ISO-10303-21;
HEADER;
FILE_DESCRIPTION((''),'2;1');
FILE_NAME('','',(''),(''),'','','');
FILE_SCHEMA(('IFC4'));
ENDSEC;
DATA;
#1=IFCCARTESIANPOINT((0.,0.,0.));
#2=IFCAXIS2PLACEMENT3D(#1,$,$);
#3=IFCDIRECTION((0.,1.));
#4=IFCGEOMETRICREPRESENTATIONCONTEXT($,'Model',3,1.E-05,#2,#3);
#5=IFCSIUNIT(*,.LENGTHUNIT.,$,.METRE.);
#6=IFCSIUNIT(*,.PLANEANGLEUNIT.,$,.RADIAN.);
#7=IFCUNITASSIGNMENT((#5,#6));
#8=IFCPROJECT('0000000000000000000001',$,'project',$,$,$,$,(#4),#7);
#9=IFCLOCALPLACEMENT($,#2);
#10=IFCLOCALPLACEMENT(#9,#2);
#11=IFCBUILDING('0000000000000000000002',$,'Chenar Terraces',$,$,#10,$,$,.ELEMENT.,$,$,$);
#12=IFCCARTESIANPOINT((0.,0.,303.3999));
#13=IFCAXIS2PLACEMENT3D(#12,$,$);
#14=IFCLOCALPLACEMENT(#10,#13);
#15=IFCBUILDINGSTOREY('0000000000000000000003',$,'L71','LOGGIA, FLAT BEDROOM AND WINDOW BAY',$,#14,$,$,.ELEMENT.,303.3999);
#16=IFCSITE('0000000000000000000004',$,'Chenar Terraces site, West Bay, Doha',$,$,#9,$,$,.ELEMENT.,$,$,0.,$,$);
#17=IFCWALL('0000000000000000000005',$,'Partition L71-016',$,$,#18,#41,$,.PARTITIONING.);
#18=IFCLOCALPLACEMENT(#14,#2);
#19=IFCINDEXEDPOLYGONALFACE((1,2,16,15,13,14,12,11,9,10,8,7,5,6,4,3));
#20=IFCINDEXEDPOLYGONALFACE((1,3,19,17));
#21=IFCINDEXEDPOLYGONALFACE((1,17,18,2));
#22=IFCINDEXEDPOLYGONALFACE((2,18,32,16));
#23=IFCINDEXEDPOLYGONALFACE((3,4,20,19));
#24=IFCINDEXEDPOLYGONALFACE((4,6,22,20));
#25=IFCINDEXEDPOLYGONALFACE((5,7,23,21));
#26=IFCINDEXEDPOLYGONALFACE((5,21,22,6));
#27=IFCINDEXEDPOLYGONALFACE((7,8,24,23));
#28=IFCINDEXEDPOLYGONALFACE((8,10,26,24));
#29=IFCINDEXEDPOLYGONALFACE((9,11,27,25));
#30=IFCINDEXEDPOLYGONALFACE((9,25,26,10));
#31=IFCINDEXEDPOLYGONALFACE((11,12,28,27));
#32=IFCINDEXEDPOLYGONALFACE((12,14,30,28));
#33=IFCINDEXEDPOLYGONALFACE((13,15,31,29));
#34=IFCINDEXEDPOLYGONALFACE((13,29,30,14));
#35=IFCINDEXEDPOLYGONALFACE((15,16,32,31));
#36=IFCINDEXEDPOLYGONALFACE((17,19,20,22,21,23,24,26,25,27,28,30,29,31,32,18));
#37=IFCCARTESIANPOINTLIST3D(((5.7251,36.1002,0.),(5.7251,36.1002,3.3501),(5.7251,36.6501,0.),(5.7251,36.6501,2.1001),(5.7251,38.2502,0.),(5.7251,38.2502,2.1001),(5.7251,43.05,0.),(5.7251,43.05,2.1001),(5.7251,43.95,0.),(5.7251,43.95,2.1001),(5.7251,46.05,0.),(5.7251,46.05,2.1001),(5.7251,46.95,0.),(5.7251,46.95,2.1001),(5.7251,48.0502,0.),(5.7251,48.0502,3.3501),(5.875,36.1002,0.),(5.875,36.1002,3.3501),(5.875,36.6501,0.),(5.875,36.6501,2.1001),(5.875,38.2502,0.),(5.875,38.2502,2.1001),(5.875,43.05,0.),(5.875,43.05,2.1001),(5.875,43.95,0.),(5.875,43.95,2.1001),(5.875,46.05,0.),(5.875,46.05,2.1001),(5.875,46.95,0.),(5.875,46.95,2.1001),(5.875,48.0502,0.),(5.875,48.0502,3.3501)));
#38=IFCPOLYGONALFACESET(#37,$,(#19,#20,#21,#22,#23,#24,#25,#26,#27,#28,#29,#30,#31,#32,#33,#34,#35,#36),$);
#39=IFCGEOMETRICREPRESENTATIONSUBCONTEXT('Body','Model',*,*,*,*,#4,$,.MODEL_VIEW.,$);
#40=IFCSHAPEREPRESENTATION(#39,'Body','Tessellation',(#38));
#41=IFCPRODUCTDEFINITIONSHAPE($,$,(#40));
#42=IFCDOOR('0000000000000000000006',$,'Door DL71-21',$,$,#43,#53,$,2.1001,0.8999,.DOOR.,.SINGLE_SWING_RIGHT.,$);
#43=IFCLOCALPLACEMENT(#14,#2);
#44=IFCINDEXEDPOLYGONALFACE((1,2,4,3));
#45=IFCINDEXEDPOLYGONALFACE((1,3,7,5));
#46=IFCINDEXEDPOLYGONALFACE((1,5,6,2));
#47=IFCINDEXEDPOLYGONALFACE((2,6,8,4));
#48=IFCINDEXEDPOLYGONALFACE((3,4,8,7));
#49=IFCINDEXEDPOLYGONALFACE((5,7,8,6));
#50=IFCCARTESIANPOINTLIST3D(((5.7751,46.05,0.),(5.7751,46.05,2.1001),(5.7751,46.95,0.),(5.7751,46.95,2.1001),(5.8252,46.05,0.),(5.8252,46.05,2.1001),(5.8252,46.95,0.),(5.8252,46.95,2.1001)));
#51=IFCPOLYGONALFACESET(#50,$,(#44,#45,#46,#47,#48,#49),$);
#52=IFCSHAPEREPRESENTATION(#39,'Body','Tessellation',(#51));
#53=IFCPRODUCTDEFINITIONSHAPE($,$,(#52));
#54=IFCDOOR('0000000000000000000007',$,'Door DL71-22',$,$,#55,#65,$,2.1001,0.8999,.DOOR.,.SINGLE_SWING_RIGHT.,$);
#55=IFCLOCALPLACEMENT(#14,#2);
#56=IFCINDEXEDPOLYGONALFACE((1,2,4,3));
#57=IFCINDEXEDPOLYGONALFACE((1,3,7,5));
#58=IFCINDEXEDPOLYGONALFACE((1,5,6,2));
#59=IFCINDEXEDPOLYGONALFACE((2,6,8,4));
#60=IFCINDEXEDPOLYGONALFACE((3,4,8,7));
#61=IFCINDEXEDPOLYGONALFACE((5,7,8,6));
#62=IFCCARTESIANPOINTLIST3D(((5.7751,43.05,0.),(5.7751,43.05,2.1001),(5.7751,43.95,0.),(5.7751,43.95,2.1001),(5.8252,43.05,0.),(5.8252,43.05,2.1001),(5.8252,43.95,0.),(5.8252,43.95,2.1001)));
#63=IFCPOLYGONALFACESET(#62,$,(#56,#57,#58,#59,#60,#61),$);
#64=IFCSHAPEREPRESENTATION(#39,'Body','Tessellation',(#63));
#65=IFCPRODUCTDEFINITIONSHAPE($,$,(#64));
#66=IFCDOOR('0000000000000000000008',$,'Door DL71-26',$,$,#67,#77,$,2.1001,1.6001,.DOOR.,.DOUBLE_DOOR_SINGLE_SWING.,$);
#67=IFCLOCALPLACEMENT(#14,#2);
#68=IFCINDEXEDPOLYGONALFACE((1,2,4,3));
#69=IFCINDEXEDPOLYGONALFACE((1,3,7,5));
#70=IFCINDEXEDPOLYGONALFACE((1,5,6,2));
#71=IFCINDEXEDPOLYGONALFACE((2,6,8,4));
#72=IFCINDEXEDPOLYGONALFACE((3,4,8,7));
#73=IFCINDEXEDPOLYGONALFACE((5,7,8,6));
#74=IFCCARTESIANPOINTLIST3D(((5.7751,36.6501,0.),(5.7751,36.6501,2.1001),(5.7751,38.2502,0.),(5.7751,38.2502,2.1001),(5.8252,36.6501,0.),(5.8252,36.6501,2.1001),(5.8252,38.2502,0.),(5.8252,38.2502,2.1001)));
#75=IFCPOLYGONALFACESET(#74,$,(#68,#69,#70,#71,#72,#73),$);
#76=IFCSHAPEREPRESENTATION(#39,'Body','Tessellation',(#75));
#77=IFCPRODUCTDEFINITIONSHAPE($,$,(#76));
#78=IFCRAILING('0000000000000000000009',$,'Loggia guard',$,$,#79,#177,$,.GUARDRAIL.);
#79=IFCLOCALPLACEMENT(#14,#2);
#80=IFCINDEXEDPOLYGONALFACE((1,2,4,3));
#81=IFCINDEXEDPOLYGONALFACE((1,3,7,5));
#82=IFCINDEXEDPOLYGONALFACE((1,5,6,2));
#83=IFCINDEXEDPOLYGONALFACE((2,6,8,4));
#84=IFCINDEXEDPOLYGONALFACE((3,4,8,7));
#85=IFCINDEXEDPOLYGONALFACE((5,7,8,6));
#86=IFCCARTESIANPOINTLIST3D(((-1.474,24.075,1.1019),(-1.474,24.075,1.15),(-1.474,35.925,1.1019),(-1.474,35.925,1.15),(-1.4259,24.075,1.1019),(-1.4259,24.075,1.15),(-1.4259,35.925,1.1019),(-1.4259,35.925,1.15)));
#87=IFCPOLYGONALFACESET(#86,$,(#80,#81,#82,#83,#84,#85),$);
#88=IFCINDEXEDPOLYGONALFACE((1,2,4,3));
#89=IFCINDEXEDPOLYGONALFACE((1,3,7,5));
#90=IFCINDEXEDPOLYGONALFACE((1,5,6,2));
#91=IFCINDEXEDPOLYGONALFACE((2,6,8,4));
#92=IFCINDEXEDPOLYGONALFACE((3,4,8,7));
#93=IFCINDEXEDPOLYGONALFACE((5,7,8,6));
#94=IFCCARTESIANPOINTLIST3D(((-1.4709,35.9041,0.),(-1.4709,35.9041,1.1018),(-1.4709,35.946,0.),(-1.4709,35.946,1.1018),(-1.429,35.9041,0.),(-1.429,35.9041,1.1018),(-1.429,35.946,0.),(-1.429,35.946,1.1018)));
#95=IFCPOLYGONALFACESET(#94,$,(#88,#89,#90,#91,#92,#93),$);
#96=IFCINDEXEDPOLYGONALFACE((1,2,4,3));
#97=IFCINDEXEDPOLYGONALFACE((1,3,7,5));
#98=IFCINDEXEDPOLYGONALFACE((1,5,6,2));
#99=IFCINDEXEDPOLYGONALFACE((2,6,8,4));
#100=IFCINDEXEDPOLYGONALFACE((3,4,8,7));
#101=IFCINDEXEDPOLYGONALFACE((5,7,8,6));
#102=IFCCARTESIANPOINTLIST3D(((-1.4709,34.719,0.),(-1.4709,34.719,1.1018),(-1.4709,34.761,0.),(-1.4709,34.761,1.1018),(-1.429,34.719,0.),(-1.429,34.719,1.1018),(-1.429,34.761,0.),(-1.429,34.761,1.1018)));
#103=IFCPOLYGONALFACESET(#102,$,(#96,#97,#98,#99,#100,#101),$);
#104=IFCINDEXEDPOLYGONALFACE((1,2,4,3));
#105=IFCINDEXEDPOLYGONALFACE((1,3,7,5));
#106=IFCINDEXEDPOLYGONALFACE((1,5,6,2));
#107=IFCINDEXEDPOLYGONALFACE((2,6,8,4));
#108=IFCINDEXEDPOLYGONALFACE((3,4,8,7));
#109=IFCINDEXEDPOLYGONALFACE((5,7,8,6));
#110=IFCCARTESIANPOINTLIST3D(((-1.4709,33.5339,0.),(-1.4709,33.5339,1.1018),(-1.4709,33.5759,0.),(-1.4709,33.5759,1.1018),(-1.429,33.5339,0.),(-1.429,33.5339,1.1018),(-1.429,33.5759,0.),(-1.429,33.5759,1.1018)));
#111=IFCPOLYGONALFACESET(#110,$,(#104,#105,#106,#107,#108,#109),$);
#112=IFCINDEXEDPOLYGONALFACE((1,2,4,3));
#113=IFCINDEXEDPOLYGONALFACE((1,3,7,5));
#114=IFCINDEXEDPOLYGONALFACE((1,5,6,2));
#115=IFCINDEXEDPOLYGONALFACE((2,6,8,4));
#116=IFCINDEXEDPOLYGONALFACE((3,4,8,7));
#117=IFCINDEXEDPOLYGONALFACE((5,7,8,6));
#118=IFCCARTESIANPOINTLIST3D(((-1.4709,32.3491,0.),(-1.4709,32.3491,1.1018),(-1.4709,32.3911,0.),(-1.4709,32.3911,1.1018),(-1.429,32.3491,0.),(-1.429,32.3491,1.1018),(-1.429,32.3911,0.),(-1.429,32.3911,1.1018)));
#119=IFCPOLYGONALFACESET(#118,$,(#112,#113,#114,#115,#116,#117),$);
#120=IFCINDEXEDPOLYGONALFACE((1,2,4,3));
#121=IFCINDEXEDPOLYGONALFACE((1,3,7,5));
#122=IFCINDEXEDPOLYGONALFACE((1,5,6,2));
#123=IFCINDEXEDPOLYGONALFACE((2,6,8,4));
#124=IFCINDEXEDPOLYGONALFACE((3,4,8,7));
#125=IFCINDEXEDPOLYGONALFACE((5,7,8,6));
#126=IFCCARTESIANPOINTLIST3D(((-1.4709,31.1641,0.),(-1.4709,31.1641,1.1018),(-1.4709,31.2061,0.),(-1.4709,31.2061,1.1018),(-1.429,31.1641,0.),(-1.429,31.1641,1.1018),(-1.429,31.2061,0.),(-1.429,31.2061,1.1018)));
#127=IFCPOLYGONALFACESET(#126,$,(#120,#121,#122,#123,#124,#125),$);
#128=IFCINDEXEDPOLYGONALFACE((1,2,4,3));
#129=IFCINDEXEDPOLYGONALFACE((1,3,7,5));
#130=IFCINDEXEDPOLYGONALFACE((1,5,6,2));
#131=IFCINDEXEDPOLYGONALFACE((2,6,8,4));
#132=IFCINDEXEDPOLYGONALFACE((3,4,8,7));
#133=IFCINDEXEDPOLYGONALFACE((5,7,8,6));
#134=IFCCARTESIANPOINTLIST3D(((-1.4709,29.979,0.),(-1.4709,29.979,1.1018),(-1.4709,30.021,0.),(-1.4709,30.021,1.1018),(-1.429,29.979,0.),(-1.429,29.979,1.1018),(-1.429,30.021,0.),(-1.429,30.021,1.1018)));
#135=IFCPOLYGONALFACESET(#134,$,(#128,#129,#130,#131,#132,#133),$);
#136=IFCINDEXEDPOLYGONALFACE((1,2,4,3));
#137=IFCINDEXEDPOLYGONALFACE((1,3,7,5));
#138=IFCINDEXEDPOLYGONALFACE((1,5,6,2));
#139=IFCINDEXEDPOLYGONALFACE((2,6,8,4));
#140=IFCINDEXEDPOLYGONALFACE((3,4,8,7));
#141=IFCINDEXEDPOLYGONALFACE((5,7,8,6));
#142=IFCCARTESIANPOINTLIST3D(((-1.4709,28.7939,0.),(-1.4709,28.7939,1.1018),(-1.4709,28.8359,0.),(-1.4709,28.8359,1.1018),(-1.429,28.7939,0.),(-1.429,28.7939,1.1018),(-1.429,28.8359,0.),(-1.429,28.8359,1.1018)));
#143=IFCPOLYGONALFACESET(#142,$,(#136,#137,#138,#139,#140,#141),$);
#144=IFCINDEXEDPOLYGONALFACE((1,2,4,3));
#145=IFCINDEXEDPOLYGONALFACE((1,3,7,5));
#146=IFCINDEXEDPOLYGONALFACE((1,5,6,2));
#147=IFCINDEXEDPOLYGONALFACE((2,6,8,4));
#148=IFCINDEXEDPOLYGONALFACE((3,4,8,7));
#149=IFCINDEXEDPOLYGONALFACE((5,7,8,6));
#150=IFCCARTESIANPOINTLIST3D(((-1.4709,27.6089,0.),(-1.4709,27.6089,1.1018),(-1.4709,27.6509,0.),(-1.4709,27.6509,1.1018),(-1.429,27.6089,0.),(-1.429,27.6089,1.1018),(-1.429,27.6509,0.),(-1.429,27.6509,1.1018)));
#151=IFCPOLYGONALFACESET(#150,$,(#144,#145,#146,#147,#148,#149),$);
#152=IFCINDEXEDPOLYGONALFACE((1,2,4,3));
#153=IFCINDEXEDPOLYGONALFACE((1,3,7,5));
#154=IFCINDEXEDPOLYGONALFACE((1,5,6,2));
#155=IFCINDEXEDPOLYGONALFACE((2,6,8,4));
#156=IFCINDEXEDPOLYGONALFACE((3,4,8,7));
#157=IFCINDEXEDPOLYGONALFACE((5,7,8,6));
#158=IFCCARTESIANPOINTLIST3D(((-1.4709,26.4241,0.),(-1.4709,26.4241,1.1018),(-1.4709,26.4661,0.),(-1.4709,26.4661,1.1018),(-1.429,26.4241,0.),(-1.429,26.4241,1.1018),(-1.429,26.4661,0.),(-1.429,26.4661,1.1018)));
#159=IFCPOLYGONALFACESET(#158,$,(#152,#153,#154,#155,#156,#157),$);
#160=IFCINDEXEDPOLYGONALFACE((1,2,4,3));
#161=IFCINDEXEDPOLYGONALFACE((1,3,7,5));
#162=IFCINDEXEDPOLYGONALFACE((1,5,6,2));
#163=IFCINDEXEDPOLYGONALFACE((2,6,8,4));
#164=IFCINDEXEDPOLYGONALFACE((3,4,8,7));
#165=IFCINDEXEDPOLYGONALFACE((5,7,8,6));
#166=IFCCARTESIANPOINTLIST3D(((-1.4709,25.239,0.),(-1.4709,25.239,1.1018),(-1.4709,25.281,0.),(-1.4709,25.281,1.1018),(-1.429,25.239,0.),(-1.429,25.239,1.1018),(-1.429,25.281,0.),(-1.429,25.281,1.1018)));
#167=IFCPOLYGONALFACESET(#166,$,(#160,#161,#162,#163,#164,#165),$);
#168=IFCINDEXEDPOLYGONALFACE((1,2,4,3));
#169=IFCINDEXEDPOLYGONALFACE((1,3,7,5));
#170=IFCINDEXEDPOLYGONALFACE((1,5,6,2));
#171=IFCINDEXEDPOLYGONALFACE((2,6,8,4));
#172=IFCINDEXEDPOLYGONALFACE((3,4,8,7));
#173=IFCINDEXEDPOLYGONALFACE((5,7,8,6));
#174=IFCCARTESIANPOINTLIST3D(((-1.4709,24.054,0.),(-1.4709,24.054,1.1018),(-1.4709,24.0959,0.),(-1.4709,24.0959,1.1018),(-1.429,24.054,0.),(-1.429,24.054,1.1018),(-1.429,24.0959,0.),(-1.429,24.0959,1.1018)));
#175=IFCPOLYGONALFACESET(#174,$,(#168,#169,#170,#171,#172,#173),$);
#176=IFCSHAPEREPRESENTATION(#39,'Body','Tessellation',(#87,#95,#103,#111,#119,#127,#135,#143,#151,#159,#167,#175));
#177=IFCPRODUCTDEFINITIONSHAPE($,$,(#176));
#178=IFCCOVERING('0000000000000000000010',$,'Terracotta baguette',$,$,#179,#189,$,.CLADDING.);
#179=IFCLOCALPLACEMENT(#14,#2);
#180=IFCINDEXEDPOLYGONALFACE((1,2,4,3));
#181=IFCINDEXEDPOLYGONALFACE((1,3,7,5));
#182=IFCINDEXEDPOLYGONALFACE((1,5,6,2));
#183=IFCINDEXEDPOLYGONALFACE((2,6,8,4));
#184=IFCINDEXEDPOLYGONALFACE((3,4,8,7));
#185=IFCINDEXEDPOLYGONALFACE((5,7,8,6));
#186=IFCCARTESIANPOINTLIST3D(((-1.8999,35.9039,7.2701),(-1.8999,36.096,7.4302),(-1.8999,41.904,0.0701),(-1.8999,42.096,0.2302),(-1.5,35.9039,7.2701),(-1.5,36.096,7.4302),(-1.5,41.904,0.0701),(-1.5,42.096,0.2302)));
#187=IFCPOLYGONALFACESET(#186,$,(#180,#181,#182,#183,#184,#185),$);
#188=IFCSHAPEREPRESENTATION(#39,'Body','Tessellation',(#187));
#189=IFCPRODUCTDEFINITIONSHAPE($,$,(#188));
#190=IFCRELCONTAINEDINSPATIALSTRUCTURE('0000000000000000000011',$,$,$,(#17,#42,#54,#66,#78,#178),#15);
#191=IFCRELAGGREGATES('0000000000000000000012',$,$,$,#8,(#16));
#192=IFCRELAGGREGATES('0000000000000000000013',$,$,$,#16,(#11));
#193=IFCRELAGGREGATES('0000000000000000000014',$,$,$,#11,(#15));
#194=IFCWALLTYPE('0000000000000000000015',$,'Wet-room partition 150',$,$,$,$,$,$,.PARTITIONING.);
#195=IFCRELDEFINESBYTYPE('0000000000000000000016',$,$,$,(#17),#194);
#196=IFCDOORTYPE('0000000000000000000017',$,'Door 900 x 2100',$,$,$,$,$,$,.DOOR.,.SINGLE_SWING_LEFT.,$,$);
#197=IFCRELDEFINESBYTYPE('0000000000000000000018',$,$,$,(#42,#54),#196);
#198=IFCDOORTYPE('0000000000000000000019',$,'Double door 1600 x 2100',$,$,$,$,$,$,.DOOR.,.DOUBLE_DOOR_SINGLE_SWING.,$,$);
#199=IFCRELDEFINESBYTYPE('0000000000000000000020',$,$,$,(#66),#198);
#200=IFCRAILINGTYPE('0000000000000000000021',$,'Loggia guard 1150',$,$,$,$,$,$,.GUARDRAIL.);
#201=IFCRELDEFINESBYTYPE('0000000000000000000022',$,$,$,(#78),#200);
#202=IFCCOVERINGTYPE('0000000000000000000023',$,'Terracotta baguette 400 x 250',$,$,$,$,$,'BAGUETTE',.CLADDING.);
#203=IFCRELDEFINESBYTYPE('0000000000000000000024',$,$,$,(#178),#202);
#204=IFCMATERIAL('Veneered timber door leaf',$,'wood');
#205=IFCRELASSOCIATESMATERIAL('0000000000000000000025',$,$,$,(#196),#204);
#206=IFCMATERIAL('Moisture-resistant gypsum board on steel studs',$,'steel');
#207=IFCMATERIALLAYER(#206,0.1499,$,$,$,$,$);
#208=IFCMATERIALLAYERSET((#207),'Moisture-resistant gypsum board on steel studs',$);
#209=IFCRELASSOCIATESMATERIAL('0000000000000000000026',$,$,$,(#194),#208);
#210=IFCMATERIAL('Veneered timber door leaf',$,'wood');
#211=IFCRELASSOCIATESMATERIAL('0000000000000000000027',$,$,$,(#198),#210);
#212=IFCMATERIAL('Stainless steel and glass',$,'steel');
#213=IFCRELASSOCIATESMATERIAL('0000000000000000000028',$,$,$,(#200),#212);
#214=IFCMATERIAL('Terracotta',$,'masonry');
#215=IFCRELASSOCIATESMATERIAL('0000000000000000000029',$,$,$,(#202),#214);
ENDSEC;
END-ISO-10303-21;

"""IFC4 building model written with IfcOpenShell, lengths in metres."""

from ifc_helpers import new_model, si_unit, direction, frame, frame_2d, origin, origin_2d, place, context, subcontext, project, spatial, rectangle, extrude, material, layer, layer_set, material_profile, profile_set, type_object, element, fill, save


model = new_model("IFC4")

# Units and contexts
model_context = context("Model", 3, precision=1e-05, world=origin(), true_north=direction((0.0, 1.0)))
body_context = subcontext(model_context, "Body", "Model", "MODEL_VIEW")
ifc_project = project(units=[si_unit("LENGTHUNIT", "METRE"), si_unit("PLANEANGLEUNIT", "RADIAN")], contexts=[model_context])

# Site, building, storey
site_placement = place(None, origin())
site = spatial("IfcSite", under=ifc_project, at=site_placement, Name="Chenar Terraces site, West Bay, Doha", CompositionType="ELEMENT", RefElevation=0.0)
building_placement = place(site_placement, origin())
building = spatial("IfcBuilding", under=site, at=building_placement, Name="Chenar Terraces", CompositionType="ELEMENT")
storey_placement = place(building_placement, frame((0.0, 0.0, 303.3999)))
storey = spatial("IfcBuildingStorey", under=building, at=storey_placement, Name="L71", Description="LOGGIA, FLAT BEDROOM AND WINDOW BAY", CompositionType="ELEMENT", Elevation=303.3999)

# Shared definitions
ifc_material_1 = material(Name="Veneered timber door leaf", Category="wood")
door_type_1 = type_object("IfcDoorType", Name="Door 900 x 2100", OperationType="SINGLE_SWING_LEFT", PredefinedType="DOOR", material=ifc_material_1)

# Shared definitions
ifc_material_2 = material(Name="Moisture-resistant gypsum board on steel studs", Category="steel")
ifc_layer_1 = layer(ifc_material_2, 0.1499)
ifc_layer_set_1 = layer_set([ifc_layer_1], Name="Moisture-resistant gypsum board on steel studs")
wall_type_1 = type_object("IfcWallType", Name="Wet-room partition 150", PredefinedType="PARTITIONING", material=ifc_layer_set_1)

# Wall, openings, doors
wall_1_placement = place(storey_placement, frame((5.8, 36.1001, 0.0), z_axis=(0.0, 0.0, 1.0), x_axis=(0.0, 1.0, 0.0)))
wall_1 = element("IfcWall", 1, at=wall_1_placement, inside=storey, type_object=wall_type_1, Name="Partition L71-016", PredefinedType="PARTITIONING", context=body_context, shape_type="SweptSolid", body=[
    extrude(rectangle(XDim=11.95, YDim=0.1499, at=frame_2d((5.9751, 0.0))), origin(), (0.0, 0.0, 1.0), 3.3501),
])
opening_1_placement = place(wall_1_placement, frame((9.95, 0.0, 0.0)))
opening_1 = element("IfcOpeningElement", 2, at=opening_1_placement, cuts=wall_1, PredefinedType="OPENING", context=body_context, shape_type="SweptSolid", body=[
    extrude(rectangle(XDim=0.8999, YDim=2.1001, at=frame_2d((0.45, 1.05))), frame((0.0, 0.085, 0.0), z_axis=(0.0, -1.0, 0.0), x_axis=(1.0, 0.0, 0.0)), (0.0, 0.0, 1.0), 0.1699),
])
opening_2_placement = place(wall_1_placement, frame((6.95, 0.0, 0.0)))
opening_2 = element("IfcOpeningElement", 3, at=opening_2_placement, cuts=wall_1, PredefinedType="OPENING", context=body_context, shape_type="SweptSolid", body=[
    extrude(rectangle(XDim=0.8999, YDim=2.1001, at=frame_2d((0.45, 1.05))), frame((0.0, 0.085, 0.0), z_axis=(0.0, -1.0, 0.0), x_axis=(1.0, 0.0, 0.0)), (0.0, 0.0, 1.0), 0.1699),
])
opening_3_placement = place(wall_1_placement, frame((0.55, 0.0, 0.0)))
opening_3 = element("IfcOpeningElement", 4, at=opening_3_placement, cuts=wall_1, PredefinedType="OPENING", context=body_context, shape_type="SweptSolid", body=[
    extrude(rectangle(XDim=1.6001, YDim=2.1001, at=frame_2d((0.8, 1.05))), frame((0.0, 0.085, 0.0), z_axis=(0.0, -1.0, 0.0), x_axis=(1.0, 0.0, 0.0)), (0.0, 0.0, 1.0), 0.1699),
])
door_1_placement = place(opening_1_placement, origin())
door_1 = element("IfcDoor", 5, at=door_1_placement, inside=storey, type_object=door_type_1, Name="Door DL71-21", OperationType="SINGLE_SWING_RIGHT", OverallHeight=2.1001, OverallWidth=0.8999, PredefinedType="DOOR", context=body_context, shape_type="SweptSolid", body=[
    extrude(rectangle(XDim=0.8999, YDim=2.1001, at=frame_2d((0.45, 1.05))), frame((0.0, 0.0249, 0.0), z_axis=(0.0, -1.0, 0.0), x_axis=(1.0, 0.0, 0.0)), (0.0, 0.0, 1.0), 0.05),
])
fill(opening_1, door_1)
door_2_placement = place(opening_2_placement, origin())
door_2 = element("IfcDoor", 6, at=door_2_placement, inside=storey, type_object=door_type_1, Name="Door DL71-22", OperationType="SINGLE_SWING_RIGHT", OverallHeight=2.1001, OverallWidth=0.8999, PredefinedType="DOOR", context=body_context, shape_type="SweptSolid", body=[
    extrude(rectangle(XDim=0.8999, YDim=2.1001, at=frame_2d((0.45, 1.05))), frame((0.0, 0.0249, 0.0), z_axis=(0.0, -1.0, 0.0), x_axis=(1.0, 0.0, 0.0)), (0.0, 0.0, 1.0), 0.05),
])
fill(opening_2, door_2)
ifc_material_3 = material(Name="Veneered timber door leaf", Category="wood")
door_type_2 = type_object("IfcDoorType", Name="Double door 1600 x 2100", OperationType="DOUBLE_DOOR_SINGLE_SWING", PredefinedType="DOOR", material=ifc_material_3)
door_3_placement = place(opening_3_placement, origin())
door_3 = element("IfcDoor", 7, at=door_3_placement, inside=storey, type_object=door_type_2, Name="Door DL71-26", OperationType="DOUBLE_DOOR_SINGLE_SWING", OverallHeight=2.1001, OverallWidth=1.6001, PredefinedType="DOOR", context=body_context, shape_type="SweptSolid", body=[
    extrude(rectangle(XDim=1.6001, YDim=2.1001, at=frame_2d((0.8, 1.05))), frame((0.0, 0.0249, 0.0), z_axis=(0.0, -1.0, 0.0), x_axis=(1.0, 0.0, 0.0)), (0.0, 0.0, 1.0), 0.05),
])
fill(opening_3, door_3)

# Railing
ifc_material_4 = material(Name="Stainless steel and glass", Category="steel")
railing_type = type_object("IfcRailingType", Name="Loggia guard 1150", PredefinedType="GUARDRAIL", material=ifc_material_4)
railing_placement = place(storey_placement, frame((-1.45, 35.925, 0.0)))
element("IfcRailing", 8, at=railing_placement, inside=storey, type_object=railing_type, Name="Loggia guard", PredefinedType="GUARDRAIL", context=body_context, shape_type="SweptSolid", body=[
    extrude(rectangle(XDim=0.0481, YDim=0.0481, at=origin_2d()), frame((0.0, 0.0, 1.126), z_axis=(0.0, -1.0, 0.0), x_axis=(1.0, 0.0, 0.0)), (0.0, 0.0, 1.0), 11.8501),
    extrude(rectangle(XDim=0.042, YDim=0.042, at=origin_2d()), origin(), (0.0, 0.0, 1.0), 1.1018),
    extrude(rectangle(XDim=0.042, YDim=0.042, at=origin_2d()), frame((0.0, -1.1851, 0.0)), (0.0, 0.0, 1.0), 1.1018),
    extrude(rectangle(XDim=0.042, YDim=0.042, at=origin_2d()), frame((0.0, -2.3701, 0.0)), (0.0, 0.0, 1.0), 1.1018),
    extrude(rectangle(XDim=0.042, YDim=0.042, at=origin_2d()), frame((0.0, -3.5549, 0.0)), (0.0, 0.0, 1.0), 1.1018),
    extrude(rectangle(XDim=0.042, YDim=0.042, at=origin_2d()), frame((0.0, -4.74, 0.0)), (0.0, 0.0, 1.0), 1.1018),
    extrude(rectangle(XDim=0.042, YDim=0.042, at=origin_2d()), frame((0.0, -5.925, 0.0)), (0.0, 0.0, 1.0), 1.1018),
    extrude(rectangle(XDim=0.042, YDim=0.042, at=origin_2d()), frame((0.0, -7.1101, 0.0)), (0.0, 0.0, 1.0), 1.1018),
    extrude(rectangle(XDim=0.042, YDim=0.042, at=origin_2d()), frame((0.0, -8.2952, 0.0)), (0.0, 0.0, 1.0), 1.1018),
    extrude(rectangle(XDim=0.042, YDim=0.042, at=origin_2d()), frame((0.0, -9.48, 0.0)), (0.0, 0.0, 1.0), 1.1018),
    extrude(rectangle(XDim=0.042, YDim=0.042, at=origin_2d()), frame((0.0, -10.665, 0.0)), (0.0, 0.0, 1.0), 1.1018),
    extrude(rectangle(XDim=0.042, YDim=0.042, at=origin_2d()), frame((0.0, -11.8501, 0.0)), (0.0, 0.0, 1.0), 1.1018),
])

# Covering
ifc_material_5 = material(Name="Terracotta", Category="masonry")
ifc_material_profile_1 = material_profile(ifc_material_5, rectangle(XDim=0.3999, YDim=0.25, at=origin_2d()), Name="Terracotta baguette 400 x 250")
ifc_profile_set_1 = profile_set([ifc_material_profile_1], Name="Terracotta")
covering_type = type_object("IfcCoveringType", Name="Terracotta baguette 400 x 250", ElementType="BAGUETTE", PredefinedType="CLADDING", material=ifc_profile_set_1)
for number, where, z_axis, x_axis, name in (
    (9, (-1.7, 42.0, 0.1501), (0.0, -0.640187, 0.768219), (1.0, 0.0, 0.0), "Terracotta baguette"),
):
    element("IfcCovering", number, at=place(storey_placement, frame(where, z_axis=z_axis, x_axis=x_axis)), inside=storey, type_object=covering_type, Name=name, PredefinedType="CLADDING", context=body_context, shape_type="SweptSolid", body=[
        extrude(rectangle(XDim=0.3999, YDim=0.25, at=origin_2d()), origin(), (0.0, 0.0, 1.0), 9.3723),
    ])

save(model, "model.ifc")
